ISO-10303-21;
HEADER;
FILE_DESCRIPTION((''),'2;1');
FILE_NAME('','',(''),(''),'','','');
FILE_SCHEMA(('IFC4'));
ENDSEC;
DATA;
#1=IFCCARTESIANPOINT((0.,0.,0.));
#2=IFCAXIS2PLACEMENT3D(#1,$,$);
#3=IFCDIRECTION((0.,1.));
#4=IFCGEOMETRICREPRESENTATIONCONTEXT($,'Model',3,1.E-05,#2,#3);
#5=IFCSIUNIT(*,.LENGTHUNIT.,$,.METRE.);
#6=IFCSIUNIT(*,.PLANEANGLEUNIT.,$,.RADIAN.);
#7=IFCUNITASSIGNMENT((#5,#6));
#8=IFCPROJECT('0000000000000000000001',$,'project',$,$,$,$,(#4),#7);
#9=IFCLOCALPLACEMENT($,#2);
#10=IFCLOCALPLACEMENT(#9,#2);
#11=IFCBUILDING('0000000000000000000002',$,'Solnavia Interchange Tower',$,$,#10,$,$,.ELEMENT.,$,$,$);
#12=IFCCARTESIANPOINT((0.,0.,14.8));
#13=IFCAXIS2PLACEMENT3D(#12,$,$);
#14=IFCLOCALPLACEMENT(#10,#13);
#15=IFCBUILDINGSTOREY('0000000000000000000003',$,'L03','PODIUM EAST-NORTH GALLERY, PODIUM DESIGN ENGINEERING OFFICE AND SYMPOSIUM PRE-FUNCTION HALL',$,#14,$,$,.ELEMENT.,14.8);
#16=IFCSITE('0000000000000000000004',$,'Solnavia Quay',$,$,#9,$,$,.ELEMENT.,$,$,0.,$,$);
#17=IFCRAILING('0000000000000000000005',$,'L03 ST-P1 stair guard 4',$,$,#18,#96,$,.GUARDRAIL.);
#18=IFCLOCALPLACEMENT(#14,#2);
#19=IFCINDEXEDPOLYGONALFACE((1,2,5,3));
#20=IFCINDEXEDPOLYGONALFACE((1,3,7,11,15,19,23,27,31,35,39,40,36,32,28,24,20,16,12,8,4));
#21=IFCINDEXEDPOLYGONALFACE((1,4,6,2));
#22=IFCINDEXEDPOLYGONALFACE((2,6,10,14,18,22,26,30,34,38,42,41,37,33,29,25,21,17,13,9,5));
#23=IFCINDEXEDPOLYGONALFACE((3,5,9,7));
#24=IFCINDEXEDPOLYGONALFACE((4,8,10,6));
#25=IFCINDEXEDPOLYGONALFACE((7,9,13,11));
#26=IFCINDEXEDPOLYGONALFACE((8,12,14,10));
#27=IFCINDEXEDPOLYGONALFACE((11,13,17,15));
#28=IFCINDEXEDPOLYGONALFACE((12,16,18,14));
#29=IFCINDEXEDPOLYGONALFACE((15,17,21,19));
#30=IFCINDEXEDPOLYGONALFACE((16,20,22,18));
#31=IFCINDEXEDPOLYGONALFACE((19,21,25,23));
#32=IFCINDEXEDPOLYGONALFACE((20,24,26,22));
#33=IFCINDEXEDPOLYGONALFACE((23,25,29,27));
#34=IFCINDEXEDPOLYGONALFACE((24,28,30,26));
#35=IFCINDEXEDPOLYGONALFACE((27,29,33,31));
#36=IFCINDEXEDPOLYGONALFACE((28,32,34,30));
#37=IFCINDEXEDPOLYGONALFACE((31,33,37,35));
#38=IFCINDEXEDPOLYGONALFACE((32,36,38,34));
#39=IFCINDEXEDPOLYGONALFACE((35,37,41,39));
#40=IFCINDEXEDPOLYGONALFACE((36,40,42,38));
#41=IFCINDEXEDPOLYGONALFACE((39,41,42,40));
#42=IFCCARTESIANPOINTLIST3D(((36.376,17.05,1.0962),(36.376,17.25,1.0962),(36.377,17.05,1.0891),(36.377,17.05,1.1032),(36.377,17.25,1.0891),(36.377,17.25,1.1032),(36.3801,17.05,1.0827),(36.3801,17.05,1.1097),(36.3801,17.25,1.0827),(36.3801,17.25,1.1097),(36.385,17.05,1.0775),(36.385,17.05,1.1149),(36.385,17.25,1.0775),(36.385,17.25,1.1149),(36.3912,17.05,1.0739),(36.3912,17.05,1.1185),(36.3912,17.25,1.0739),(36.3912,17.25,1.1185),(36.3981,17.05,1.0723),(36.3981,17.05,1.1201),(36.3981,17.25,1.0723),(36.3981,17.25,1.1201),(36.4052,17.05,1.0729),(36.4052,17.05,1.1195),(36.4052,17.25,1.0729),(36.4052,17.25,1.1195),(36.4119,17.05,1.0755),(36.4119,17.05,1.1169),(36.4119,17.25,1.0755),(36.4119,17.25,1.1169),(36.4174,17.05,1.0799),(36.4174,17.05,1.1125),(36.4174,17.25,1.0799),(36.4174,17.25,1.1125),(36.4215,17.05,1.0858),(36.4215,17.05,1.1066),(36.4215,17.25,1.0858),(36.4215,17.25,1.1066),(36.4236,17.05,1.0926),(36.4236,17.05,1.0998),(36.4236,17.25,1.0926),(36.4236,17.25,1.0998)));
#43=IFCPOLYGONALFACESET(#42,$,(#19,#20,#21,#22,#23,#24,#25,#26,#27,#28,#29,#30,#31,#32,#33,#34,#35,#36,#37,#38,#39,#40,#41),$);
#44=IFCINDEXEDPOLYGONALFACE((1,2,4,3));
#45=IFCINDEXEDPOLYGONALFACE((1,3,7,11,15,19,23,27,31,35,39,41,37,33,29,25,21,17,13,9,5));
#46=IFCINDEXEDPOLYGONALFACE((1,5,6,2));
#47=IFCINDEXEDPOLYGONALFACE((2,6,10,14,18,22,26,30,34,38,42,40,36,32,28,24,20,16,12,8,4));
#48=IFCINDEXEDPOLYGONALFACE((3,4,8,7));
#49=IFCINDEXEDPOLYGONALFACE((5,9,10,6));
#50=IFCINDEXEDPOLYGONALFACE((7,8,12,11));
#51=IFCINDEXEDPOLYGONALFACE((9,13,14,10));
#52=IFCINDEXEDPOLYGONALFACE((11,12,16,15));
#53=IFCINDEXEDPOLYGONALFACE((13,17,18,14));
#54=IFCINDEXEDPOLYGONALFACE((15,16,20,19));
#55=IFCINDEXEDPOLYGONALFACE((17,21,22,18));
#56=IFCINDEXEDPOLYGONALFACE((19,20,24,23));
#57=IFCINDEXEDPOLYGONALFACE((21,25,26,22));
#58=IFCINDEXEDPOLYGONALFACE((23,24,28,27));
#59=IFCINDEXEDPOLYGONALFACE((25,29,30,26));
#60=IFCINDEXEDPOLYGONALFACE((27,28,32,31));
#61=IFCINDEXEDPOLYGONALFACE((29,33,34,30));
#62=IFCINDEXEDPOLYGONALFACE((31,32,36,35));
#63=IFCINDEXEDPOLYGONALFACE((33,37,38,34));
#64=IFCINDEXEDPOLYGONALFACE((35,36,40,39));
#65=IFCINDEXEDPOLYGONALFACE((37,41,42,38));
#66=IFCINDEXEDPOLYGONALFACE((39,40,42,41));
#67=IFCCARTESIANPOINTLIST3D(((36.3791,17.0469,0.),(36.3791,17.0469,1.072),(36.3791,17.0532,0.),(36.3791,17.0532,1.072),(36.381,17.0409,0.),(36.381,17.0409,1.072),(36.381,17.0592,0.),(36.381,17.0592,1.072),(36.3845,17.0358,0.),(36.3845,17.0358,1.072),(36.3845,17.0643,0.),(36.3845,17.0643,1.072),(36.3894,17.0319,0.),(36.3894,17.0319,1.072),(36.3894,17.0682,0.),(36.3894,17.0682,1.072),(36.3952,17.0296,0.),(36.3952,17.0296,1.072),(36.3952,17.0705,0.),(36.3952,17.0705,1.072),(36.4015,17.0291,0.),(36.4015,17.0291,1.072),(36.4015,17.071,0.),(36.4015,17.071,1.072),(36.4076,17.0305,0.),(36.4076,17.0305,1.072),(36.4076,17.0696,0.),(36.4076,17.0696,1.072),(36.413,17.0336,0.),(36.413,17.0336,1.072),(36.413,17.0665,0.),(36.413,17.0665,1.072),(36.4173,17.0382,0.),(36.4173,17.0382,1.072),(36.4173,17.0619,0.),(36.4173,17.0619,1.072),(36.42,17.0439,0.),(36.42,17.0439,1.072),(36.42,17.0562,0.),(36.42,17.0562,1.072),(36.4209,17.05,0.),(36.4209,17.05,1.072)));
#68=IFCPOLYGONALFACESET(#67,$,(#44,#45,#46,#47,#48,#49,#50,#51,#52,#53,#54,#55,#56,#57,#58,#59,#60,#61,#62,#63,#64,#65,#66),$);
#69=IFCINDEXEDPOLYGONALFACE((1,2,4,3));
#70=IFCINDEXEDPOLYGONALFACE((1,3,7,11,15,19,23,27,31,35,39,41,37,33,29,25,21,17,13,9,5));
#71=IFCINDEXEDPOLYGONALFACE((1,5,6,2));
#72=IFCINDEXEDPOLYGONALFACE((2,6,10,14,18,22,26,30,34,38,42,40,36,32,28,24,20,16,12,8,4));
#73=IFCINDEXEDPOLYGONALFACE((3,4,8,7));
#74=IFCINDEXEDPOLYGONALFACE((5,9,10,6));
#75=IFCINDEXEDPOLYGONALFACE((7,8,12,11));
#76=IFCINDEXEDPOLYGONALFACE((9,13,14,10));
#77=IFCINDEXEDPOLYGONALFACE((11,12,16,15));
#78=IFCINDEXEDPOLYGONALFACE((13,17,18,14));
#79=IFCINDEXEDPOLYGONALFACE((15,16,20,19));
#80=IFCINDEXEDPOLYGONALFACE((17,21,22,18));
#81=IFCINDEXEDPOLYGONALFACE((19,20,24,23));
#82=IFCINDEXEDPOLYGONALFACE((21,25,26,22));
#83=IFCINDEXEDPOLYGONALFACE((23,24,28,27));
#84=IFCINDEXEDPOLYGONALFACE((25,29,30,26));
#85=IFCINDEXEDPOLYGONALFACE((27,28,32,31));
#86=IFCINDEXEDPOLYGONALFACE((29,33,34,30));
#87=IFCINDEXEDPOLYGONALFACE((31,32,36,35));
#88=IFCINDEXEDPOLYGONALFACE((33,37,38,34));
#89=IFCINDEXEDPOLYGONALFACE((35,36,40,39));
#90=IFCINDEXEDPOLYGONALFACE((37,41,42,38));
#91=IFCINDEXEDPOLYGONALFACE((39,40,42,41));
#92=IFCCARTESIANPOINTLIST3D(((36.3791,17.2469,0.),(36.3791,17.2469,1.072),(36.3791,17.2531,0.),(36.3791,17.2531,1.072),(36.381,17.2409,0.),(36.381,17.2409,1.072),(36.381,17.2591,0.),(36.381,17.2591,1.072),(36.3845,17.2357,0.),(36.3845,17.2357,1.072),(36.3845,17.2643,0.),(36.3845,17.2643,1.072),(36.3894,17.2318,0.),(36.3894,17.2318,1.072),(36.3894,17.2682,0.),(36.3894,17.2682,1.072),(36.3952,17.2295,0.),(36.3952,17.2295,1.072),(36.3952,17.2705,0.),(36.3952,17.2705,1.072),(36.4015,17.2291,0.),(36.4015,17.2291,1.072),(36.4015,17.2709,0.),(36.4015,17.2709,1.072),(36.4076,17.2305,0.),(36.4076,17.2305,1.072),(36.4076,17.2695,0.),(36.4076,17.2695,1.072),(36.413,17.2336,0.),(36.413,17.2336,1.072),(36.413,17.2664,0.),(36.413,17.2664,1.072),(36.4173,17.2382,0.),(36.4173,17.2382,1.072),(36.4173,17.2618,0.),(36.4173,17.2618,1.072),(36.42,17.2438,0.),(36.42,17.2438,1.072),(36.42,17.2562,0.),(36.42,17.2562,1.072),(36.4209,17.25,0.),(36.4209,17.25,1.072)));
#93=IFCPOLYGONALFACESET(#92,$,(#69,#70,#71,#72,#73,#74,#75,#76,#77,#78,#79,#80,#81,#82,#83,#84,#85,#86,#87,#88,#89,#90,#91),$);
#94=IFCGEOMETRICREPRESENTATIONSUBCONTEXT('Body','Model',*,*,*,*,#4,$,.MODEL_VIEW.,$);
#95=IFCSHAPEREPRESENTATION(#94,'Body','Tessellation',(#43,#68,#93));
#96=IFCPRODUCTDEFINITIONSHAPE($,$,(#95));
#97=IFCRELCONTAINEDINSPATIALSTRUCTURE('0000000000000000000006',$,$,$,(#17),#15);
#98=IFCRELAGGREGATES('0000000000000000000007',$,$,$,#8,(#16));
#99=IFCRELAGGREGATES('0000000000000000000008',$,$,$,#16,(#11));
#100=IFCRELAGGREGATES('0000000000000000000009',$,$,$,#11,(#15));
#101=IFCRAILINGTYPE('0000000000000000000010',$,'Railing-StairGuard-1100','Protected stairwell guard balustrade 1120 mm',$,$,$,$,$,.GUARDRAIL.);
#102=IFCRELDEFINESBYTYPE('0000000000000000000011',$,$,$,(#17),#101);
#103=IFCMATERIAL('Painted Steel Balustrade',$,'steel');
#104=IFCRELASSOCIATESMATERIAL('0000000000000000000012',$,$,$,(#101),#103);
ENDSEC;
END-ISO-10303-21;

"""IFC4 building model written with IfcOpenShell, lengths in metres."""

from ifc_helpers import new_model, si_unit, direction, frame, origin, origin_2d, place, context, subcontext, project, spatial, circle, extrude, material, type_object, element, save


model = new_model("IFC4")

# Units and contexts
model_context = context("Model", 3, precision=1e-05, world=origin(), true_north=direction((0.0, 1.0)))
body_context = subcontext(model_context, "Body", "Model", "MODEL_VIEW")
ifc_project = project(units=[si_unit("LENGTHUNIT", "METRE"), si_unit("PLANEANGLEUNIT", "RADIAN")], contexts=[model_context])

# Site, building, storey
site_placement = place(None, origin())
site = spatial("IfcSite", under=ifc_project, at=site_placement, Name="Solnavia Quay", CompositionType="ELEMENT", RefElevation=0.0)
building_placement = place(site_placement, origin())
building = spatial("IfcBuilding", under=site, at=building_placement, Name="Solnavia Interchange Tower", CompositionType="ELEMENT")
storey_placement = place(building_placement, frame((0.0, 0.0, 14.8)))
storey = spatial("IfcBuildingStorey", under=building, at=storey_placement, Name="L03", Description="PODIUM EAST-NORTH GALLERY, PODIUM DESIGN ENGINEERING OFFICE AND SYMPOSIUM PRE-FUNCTION HALL", CompositionType="ELEMENT", Elevation=14.8)

# Railing
ifc_material_1 = material(Name="Painted Steel Balustrade", Category="steel")
railing_type_1 = type_object("IfcRailingType", Name="Railing-StairGuard-1100", Description="Protected stairwell guard balustrade 1120 mm", PredefinedType="GUARDRAIL", material=ifc_material_1)
railing_1_placement = place(storey_placement, frame((36.3999, 17.05, 0.0)))
element("IfcRailing", 1, at=railing_1_placement, inside=storey, type_object=railing_type_1, Name="L03 ST-P1 stair guard 4", PredefinedType="GUARDRAIL", context=body_context, shape_type="SweptSolid", body=[
    extrude(circle(Radius=0.0239, at=origin_2d()), frame((0.0, 0.0, 1.0962), z_axis=(0.0, 1.0, 0.0), x_axis=(-1.0, 0.0, 0.0)), (0.0, 0.0, 1.0), 0.2),
    extrude(circle(Radius=0.021, at=origin_2d()), origin(), (0.0, 0.0, 1.0), 1.072),
    extrude(circle(Radius=0.021, at=origin_2d()), frame((0.0, 0.2, 0.0)), (0.0, 0.0, 1.0), 1.072),
])

save(model, "model.ifc")
